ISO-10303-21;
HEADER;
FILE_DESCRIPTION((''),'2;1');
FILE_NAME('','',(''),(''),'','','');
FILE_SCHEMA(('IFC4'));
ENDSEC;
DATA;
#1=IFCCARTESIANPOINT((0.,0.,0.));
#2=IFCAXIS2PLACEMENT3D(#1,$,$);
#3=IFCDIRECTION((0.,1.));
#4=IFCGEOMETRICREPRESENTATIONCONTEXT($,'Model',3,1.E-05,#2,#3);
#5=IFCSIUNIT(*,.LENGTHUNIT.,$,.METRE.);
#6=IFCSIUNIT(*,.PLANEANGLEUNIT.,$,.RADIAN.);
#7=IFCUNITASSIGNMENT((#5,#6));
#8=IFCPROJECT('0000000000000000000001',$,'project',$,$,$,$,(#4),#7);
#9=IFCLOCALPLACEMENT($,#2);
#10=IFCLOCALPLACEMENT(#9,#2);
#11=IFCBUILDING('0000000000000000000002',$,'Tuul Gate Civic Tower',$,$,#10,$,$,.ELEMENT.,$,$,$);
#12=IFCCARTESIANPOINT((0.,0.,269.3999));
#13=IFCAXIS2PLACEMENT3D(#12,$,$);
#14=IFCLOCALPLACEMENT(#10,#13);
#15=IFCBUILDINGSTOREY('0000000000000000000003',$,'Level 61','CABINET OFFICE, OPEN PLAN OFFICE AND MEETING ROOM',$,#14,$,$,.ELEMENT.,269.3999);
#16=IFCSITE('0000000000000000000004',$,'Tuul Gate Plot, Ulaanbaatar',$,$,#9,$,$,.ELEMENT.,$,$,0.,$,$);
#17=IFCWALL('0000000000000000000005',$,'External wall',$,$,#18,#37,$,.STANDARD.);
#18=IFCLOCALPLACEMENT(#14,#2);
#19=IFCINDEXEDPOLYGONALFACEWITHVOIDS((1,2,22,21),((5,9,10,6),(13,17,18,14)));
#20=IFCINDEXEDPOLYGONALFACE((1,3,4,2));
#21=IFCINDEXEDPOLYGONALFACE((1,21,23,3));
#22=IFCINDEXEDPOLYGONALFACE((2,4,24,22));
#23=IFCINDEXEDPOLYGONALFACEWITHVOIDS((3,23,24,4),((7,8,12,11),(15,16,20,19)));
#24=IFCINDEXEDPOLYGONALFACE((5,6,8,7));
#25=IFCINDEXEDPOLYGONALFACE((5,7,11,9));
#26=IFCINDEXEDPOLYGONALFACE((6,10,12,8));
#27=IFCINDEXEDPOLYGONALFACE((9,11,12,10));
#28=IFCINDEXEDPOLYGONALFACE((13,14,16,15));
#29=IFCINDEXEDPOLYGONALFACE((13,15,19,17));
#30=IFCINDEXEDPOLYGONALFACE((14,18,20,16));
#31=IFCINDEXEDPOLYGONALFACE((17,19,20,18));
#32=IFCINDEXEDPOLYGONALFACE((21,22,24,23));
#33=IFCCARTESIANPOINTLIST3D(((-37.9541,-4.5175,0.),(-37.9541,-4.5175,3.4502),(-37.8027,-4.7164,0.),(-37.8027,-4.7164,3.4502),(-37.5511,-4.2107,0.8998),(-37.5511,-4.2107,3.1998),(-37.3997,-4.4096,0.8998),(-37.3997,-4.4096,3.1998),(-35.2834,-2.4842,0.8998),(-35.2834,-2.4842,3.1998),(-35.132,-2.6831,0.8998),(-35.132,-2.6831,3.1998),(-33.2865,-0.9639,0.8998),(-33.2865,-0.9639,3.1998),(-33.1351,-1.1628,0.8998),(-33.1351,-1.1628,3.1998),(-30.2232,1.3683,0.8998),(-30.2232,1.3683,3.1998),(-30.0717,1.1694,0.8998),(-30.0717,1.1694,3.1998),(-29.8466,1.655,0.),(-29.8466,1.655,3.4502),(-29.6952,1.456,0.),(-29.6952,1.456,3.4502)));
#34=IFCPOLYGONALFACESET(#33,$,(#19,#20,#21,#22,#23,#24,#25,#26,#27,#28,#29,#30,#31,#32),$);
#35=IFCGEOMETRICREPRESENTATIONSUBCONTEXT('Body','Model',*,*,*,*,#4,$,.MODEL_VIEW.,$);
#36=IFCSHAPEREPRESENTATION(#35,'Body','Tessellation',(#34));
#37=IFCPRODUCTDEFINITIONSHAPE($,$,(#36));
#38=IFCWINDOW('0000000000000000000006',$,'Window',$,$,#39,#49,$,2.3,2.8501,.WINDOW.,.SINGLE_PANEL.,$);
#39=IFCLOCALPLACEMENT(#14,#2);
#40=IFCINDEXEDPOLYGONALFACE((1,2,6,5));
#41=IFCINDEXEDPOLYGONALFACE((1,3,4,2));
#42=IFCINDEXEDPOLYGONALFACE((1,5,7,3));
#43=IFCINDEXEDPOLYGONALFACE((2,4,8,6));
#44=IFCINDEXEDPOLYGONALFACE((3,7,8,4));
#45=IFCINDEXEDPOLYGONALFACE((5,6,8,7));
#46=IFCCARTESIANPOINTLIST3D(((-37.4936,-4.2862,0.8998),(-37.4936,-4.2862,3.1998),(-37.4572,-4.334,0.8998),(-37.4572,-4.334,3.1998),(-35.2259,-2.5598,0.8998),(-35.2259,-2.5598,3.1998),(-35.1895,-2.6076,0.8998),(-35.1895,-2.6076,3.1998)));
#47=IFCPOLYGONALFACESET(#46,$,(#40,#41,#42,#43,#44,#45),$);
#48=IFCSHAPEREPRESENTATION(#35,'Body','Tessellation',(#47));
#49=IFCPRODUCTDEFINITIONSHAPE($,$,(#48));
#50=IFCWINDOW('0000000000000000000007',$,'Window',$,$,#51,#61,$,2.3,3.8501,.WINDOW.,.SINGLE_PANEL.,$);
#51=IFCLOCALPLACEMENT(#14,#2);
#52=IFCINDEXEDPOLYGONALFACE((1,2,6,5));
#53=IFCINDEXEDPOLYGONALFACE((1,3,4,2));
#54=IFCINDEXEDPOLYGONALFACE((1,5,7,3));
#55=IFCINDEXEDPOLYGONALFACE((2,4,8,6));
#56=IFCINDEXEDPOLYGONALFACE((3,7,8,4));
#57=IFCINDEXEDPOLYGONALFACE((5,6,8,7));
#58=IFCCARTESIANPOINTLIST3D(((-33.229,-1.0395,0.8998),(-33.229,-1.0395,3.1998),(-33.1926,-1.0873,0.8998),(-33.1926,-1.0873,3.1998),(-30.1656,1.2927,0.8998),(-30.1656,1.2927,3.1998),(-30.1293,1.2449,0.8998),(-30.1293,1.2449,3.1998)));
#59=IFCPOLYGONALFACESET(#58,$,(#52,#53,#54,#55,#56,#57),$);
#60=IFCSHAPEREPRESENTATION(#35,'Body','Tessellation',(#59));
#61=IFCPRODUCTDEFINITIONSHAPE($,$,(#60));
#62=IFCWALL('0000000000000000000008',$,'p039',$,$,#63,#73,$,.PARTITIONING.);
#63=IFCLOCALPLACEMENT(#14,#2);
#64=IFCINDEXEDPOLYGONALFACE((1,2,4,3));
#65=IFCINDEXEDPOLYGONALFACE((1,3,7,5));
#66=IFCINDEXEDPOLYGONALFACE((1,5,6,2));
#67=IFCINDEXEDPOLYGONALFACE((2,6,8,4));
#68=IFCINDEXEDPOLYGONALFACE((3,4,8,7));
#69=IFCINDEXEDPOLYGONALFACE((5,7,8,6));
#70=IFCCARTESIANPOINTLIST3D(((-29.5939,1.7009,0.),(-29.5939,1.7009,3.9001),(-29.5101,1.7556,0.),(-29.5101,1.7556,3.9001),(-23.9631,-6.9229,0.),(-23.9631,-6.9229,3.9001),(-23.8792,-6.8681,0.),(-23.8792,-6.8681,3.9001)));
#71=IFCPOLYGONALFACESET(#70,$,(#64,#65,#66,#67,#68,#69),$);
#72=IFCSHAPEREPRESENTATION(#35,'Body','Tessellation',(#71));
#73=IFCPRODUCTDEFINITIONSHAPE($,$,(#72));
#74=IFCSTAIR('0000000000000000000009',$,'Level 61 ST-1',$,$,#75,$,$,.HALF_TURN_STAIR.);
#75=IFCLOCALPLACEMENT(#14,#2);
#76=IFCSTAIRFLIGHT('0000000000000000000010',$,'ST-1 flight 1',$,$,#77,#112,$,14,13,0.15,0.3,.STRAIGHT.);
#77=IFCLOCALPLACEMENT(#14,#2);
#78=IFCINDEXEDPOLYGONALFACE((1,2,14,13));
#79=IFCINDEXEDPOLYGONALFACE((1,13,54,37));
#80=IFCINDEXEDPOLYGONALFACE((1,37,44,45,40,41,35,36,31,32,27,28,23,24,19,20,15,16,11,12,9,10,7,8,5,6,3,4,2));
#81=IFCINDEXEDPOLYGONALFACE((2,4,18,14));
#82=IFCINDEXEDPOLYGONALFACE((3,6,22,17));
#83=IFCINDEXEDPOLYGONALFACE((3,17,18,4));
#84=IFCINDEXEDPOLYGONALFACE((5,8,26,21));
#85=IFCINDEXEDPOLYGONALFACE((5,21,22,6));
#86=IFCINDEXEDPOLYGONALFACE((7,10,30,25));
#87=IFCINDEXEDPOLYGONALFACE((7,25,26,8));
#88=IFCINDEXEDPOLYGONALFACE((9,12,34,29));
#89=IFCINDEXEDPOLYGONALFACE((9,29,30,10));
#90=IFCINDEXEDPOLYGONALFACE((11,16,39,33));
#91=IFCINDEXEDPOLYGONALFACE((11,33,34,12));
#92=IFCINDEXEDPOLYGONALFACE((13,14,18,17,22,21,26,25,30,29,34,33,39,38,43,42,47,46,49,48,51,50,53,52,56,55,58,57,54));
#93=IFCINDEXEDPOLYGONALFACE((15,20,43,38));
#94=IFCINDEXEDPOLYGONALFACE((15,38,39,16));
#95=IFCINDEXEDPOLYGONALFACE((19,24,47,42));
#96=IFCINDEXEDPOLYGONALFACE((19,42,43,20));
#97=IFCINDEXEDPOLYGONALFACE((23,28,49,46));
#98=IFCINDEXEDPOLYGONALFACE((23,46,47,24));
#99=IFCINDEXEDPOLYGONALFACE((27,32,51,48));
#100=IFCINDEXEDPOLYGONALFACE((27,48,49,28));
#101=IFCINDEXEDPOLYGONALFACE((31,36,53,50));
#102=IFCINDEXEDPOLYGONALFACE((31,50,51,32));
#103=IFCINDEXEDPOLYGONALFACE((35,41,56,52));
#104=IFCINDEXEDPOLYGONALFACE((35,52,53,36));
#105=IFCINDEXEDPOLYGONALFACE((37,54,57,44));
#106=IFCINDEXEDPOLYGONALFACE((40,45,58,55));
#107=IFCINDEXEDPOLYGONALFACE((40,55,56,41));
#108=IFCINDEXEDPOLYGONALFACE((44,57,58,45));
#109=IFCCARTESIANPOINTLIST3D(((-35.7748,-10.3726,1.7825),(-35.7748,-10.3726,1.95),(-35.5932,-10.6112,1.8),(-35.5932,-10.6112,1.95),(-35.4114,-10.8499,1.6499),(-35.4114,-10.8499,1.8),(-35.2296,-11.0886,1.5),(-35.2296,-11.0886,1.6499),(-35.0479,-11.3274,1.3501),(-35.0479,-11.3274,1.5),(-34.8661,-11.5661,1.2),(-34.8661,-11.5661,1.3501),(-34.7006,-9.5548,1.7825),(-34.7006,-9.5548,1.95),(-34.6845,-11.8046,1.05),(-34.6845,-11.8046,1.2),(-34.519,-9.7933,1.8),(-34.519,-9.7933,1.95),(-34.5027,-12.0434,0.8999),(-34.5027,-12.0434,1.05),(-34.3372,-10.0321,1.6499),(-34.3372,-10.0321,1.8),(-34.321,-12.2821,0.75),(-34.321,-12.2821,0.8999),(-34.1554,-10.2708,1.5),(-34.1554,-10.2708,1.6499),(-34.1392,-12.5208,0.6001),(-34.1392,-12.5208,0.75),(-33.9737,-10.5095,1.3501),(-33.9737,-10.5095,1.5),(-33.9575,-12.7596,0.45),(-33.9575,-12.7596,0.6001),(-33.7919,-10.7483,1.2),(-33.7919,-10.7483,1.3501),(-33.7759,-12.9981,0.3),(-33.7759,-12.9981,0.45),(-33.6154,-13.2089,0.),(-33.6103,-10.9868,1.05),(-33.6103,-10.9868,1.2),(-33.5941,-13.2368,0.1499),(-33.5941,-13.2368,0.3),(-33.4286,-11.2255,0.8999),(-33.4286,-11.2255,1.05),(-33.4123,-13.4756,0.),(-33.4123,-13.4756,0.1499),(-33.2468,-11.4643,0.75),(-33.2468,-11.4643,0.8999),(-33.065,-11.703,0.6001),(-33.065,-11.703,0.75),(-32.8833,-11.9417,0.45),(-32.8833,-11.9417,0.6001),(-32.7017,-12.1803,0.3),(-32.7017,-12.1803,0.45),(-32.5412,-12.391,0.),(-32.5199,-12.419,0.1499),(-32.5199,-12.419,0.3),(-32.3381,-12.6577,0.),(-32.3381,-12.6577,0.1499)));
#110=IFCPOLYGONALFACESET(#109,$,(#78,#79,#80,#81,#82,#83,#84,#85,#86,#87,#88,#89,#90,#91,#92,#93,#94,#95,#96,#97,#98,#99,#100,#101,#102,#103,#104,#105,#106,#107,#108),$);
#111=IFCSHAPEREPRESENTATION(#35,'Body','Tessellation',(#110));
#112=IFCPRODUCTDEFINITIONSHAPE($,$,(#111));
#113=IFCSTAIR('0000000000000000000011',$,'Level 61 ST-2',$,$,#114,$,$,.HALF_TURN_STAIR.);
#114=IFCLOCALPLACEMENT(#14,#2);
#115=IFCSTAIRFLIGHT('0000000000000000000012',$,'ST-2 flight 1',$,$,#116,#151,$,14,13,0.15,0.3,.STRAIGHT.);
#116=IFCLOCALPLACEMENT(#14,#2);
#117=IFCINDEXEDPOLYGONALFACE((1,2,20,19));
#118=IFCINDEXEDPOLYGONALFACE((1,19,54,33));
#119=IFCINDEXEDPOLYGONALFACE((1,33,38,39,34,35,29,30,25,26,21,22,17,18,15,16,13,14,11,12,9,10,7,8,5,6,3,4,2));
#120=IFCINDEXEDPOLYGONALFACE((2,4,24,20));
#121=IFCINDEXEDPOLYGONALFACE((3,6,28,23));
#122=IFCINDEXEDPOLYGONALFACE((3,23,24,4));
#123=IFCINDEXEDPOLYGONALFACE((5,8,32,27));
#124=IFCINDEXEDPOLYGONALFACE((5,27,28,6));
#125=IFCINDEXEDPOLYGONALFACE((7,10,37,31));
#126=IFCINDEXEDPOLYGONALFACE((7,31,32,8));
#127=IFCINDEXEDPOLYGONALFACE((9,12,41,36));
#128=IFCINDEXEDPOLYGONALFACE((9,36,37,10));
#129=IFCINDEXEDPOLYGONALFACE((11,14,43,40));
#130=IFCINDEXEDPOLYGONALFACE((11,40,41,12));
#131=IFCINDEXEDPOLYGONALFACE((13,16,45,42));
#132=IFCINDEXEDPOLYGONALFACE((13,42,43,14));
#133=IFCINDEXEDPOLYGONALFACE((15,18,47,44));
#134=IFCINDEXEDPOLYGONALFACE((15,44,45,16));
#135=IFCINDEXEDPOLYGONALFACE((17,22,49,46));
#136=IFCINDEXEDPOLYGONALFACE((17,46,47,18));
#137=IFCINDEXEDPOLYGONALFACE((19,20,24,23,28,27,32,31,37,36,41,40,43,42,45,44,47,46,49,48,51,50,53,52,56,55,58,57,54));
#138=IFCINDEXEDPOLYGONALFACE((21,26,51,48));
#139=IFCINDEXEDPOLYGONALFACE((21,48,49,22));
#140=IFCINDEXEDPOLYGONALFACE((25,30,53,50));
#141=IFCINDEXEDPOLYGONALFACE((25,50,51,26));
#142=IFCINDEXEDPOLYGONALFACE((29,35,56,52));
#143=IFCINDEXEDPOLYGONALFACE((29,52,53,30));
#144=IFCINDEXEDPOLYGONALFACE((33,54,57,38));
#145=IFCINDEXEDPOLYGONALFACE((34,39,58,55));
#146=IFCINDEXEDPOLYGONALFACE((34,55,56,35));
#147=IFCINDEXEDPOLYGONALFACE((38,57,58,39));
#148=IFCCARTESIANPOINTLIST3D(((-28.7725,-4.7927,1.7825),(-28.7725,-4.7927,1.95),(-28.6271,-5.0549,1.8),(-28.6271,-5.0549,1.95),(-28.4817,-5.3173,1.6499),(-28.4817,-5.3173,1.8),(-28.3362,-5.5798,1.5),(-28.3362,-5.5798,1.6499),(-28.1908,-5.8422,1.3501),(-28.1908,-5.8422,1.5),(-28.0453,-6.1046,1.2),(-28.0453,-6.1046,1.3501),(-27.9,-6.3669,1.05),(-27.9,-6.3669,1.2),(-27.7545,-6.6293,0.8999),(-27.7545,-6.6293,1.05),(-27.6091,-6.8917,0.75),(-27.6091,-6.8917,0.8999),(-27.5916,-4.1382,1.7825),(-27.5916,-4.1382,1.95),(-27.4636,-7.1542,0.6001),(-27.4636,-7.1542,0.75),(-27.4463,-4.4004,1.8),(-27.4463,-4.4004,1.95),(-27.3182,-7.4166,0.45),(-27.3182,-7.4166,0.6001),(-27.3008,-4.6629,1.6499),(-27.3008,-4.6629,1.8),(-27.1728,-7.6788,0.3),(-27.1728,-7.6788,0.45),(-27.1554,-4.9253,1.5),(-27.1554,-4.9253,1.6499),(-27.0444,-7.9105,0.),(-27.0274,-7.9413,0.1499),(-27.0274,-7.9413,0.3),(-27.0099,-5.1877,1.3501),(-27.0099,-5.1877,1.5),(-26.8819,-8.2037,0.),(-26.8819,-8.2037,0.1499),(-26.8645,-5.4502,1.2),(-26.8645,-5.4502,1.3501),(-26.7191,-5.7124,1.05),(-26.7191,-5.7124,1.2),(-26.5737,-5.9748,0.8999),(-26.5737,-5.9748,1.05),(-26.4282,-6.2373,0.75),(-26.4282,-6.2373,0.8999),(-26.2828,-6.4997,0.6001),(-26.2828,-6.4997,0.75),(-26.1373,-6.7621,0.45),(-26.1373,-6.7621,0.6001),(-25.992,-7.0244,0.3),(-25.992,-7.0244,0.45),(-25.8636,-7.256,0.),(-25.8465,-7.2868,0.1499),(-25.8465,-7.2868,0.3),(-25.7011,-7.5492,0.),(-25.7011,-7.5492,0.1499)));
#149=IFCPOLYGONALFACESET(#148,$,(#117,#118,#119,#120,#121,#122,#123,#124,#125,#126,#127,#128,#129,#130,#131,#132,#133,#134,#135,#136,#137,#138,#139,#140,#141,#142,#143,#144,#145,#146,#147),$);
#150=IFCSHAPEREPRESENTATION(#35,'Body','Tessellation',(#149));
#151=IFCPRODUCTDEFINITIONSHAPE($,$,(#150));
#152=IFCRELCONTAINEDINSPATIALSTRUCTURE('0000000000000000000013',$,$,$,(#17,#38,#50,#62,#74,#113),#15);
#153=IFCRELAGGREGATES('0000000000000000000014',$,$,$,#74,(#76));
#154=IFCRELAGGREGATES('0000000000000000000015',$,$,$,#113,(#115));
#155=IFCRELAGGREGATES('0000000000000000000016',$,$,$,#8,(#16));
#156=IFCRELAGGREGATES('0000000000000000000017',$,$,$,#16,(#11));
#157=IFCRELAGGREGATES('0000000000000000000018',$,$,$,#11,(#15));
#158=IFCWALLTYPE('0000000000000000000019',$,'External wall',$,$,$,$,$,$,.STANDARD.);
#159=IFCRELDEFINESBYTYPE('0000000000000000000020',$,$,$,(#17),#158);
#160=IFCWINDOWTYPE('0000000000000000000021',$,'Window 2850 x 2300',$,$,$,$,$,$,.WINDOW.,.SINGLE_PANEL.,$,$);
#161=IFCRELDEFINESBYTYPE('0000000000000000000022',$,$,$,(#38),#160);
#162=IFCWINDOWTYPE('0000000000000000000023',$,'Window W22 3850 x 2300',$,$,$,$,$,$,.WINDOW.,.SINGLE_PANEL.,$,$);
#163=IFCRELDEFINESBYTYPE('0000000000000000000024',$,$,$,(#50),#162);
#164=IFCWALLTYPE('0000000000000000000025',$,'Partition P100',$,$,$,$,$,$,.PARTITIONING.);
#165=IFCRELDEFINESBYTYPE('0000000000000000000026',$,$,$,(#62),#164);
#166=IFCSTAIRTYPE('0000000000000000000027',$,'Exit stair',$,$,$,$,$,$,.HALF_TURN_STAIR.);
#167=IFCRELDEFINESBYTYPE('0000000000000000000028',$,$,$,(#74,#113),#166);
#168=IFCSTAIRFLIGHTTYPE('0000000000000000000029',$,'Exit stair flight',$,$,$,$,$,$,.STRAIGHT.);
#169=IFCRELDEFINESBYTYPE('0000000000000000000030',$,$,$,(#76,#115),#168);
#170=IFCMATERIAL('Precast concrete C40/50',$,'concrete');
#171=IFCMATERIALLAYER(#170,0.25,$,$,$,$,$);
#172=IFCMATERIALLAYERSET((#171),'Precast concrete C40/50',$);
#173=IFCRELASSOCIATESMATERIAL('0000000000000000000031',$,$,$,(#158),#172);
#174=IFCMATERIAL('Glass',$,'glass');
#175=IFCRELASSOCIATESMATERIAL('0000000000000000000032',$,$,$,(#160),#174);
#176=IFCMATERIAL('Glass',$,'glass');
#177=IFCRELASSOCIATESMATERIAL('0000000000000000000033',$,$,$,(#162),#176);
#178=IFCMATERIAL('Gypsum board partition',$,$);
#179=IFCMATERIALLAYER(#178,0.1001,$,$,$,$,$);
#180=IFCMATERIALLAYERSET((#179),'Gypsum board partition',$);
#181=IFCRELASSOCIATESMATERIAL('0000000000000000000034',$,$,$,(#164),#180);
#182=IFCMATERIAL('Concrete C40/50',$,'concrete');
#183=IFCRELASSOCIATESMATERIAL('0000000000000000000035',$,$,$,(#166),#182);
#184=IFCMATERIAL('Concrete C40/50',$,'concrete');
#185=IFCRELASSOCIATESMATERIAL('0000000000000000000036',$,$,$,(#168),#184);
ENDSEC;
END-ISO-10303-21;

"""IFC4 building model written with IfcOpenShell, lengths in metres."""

from ifc_helpers import new_model, si_unit, direction, frame, frame_2d, origin, place, context, subcontext, project, spatial, polyline, rectangle, outline, extrude, material, layer, layer_set, type_object, element, fill, aggregate, save


model = new_model("IFC4")

# Units and contexts
model_context = context("Model", 3, precision=1e-05, world=origin(), true_north=direction((0.0, 1.0)))
body_context = subcontext(model_context, "Body", "Model", "MODEL_VIEW")
ifc_project = project(units=[si_unit("LENGTHUNIT", "METRE"), si_unit("PLANEANGLEUNIT", "RADIAN")], contexts=[model_context])

# Site, building, storey
site_placement = place(None, origin())
site = spatial("IfcSite", under=ifc_project, at=site_placement, Name="Tuul Gate Plot, Ulaanbaatar", CompositionType="ELEMENT", RefElevation=0.0)
building_placement = place(site_placement, origin())
building = spatial("IfcBuilding", under=site, at=building_placement, Name="Tuul Gate Civic Tower", CompositionType="ELEMENT")
storey_placement = place(building_placement, frame((0.0, 0.0, 269.3999)))
storey = spatial("IfcBuildingStorey", under=building, at=storey_placement, Name="Level 61", Description="CABINET OFFICE, OPEN PLAN OFFICE AND MEETING ROOM", CompositionType="ELEMENT", Elevation=269.3999)

# Wall, openings, windows
ifc_material_1 = material(Name="Precast concrete C40/50", Category="concrete")
ifc_layer_1 = layer(ifc_material_1, 0.25)
ifc_layer_set_1 = layer_set([ifc_layer_1], Name="Precast concrete C40/50")
wall_type_1 = type_object("IfcWallType", Name="External wall", PredefinedType="STANDARD", material=ifc_layer_set_1)
wall_1_placement = place(storey_placement, frame((-29.771, 1.5554, 0.0), z_axis=(0.0, 0.0, 1.0), x_axis=(-0.795655, -0.60575, 0.0)))
wall_1 = element("IfcWall", 1, at=wall_1_placement, inside=storey, type_object=wall_type_1, Name="External wall", PredefinedType="STANDARD", context=body_context, shape_type="SweptSolid", body=[
    extrude(rectangle(XDim=10.1897, YDim=0.25, at=frame_2d((5.0947, 0.0))), origin(), (0.0, 0.0, 1.0), 3.4502),
])
opening_1_placement = place(wall_1_placement, frame((0.4731, 0.0, 0.8999)))
opening_1 = element("IfcOpeningElement", 2, at=opening_1_placement, cuts=wall_1, PredefinedType="OPENING", context=body_context, shape_type="SweptSolid", body=[
    extrude(rectangle(XDim=3.8501, YDim=2.3, at=frame_2d((1.925, 1.1499))), frame((0.0, 0.135, 0.0), z_axis=(0.0, -1.0, 0.0), x_axis=(1.0, 0.0, 0.0)), (0.0, 0.0, 1.0), 0.27),
])
opening_2_placement = place(wall_1_placement, frame((6.833, 0.0, 0.8999)))
opening_2 = element("IfcOpeningElement", 3, at=opening_2_placement, cuts=wall_1, PredefinedType="OPENING", context=body_context, shape_type="SweptSolid", body=[
    extrude(rectangle(XDim=2.8501, YDim=2.3, at=frame_2d((1.425, 1.1499))), frame((0.0, 0.135, 0.0), z_axis=(0.0, -1.0, 0.0), x_axis=(1.0, 0.0, 0.0)), (0.0, 0.0, 1.0), 0.27),
])
ifc_material_2 = material(Name="Glass", Category="glass")
window_type_1 = type_object("IfcWindowType", Name="Window 2850 x 2300", PartitioningType="SINGLE_PANEL", PredefinedType="WINDOW", material=ifc_material_2)
window_1_placement = place(opening_2_placement, origin())
window_1 = element("IfcWindow", 4, at=window_1_placement, inside=storey, type_object=window_type_1, Name="Window", OverallHeight=2.3, OverallWidth=2.8501, PartitioningType="SINGLE_PANEL", PredefinedType="WINDOW", context=body_context, shape_type="SweptSolid", body=[
    extrude(rectangle(XDim=2.8501, YDim=2.3, at=frame_2d((1.425, 1.1499))), frame((0.0, 0.03, 0.0), z_axis=(0.0, -1.0, 0.0), x_axis=(1.0, 0.0, 0.0)), (0.0, 0.0, 1.0), 0.0601),
])
fill(opening_2, window_1)
ifc_material_3 = material(Name="Glass", Category="glass")
window_type_2 = type_object("IfcWindowType", Name="Window W22 3850 x 2300", PartitioningType="SINGLE_PANEL", PredefinedType="WINDOW", material=ifc_material_3)
window_2_placement = place(opening_1_placement, origin())
window_2 = element("IfcWindow", 5, at=window_2_placement, inside=storey, type_object=window_type_2, Name="Window", OverallHeight=2.3, OverallWidth=3.8501, PartitioningType="SINGLE_PANEL", PredefinedType="WINDOW", context=body_context, shape_type="SweptSolid", body=[
    extrude(rectangle(XDim=3.8501, YDim=2.3, at=frame_2d((1.925, 1.1499))), frame((0.0, 0.03, 0.0), z_axis=(0.0, -1.0, 0.0), x_axis=(1.0, 0.0, 0.0)), (0.0, 0.0, 1.0), 0.0601),
])
fill(opening_1, window_2)

# Wall
ifc_material_4 = material(Name="Gypsum board partition")
ifc_layer_2 = layer(ifc_material_4, 0.1001)
ifc_layer_set_2 = layer_set([ifc_layer_2], Name="Gypsum board partition")
wall_type_2 = type_object("IfcWallType", Name="Partition P100", PredefinedType="PARTITIONING", material=ifc_layer_set_2)
wall_2_placement = place(storey_placement, frame((-29.552, 1.7283, 0.0), z_axis=(0.0, 0.0, 1.0), x_axis=(0.546721, -0.837315, 0.0)))
element("IfcWall", 6, at=wall_2_placement, inside=storey, type_object=wall_type_2, Name="p039", PredefinedType="PARTITIONING", context=body_context, shape_type="SweptSolid", body=[
    extrude(rectangle(XDim=10.2993, YDim=0.1001, at=frame_2d((5.1497, 0.0))), origin(), (0.0, 0.0, 1.0), 3.9001),
])

# Stair, stair flight
ifc_material_5 = material(Name="Concrete C40/50", Category="concrete")
stair_type = type_object("IfcStairType", Name="Exit stair", PredefinedType="HALF_TURN_STAIR", material=ifc_material_5)
stair_1_placement = place(storey_placement, origin())
stair_1 = element("IfcStair", 7, at=stair_1_placement, inside=storey, type_object=stair_type, Name="Level 61 ST-1", PredefinedType="HALF_TURN_STAIR")
ifc_material_6 = material(Name="Concrete C40/50", Category="concrete")
stair_flight_type = type_object("IfcStairFlightType", Name="Exit stair flight", PredefinedType="STRAIGHT", material=ifc_material_6)
stair_flight_1_placement = place(storey_placement, frame((-32.8752, -13.0667, 0.0), z_axis=(0.0, 0.0, 1.0), x_axis=(-0.605764, 0.795644, 0.0)))
stair_flight_1 = element("IfcStairFlight", 8, at=stair_flight_1_placement, type_object=stair_flight_type, Name="ST-1 flight 1", NumberOfRisers=14, NumberOfTreads=13, PredefinedType="STRAIGHT", RiserHeight=0.15, TreadLength=0.3, context=body_context, shape_type="SweptSolid", body=[
    extrude(outline(polyline([(0.0, 0.0), (0.0, 0.1499), (0.3, 0.1499), (0.3, 0.3), (0.6001, 0.3), (0.6001, 0.45), (0.8999, 0.45), (0.8999, 0.6001), (1.2, 0.6001), (1.2, 0.75), (1.5, 0.75), (1.5, 0.8999), (1.8, 0.8999), (1.8, 1.05), (2.1001, 1.05), (2.1001, 1.2), (2.3999, 1.2), (2.3999, 1.3501), (2.7, 1.3501), (2.7, 1.5), (3.0, 1.5), (3.0, 1.6499), (3.3, 1.6499), (3.3, 1.8), (3.6001, 1.8), (3.6001, 1.95), (3.8999, 1.95), (3.8999, 2.1001), (3.8999, 1.7825), (0.3352, 0.0), (0.0, 0.0)])), frame((0.0, 0.675, 0.0), z_axis=(0.0, -1.0, 0.0), x_axis=(1.0, 0.0, 0.0)), (0.0, 0.0, 1.0), 1.3501),
])
aggregate(stair_1, [stair_flight_1])

# Stair, stair flight
stair_2_placement = place(storey_placement, origin())
stair_2 = element("IfcStair", 9, at=stair_2_placement, inside=storey, type_object=stair_type, Name="Level 61 ST-2", PredefinedType="HALF_TURN_STAIR")
stair_flight_2_placement = place(storey_placement, frame((-26.2915, -7.8765, 0.0), z_axis=(0.0, 0.0, 1.0), x_axis=(-0.484762, 0.874646, 0.0)))
stair_flight_2 = element("IfcStairFlight", 10, at=stair_flight_2_placement, type_object=stair_flight_type, Name="ST-2 flight 1", NumberOfRisers=14, NumberOfTreads=13, PredefinedType="STRAIGHT", RiserHeight=0.15, TreadLength=0.3, context=body_context, shape_type="SweptSolid", body=[
    extrude(outline(polyline([(0.0, 0.0), (0.0, 0.1499), (0.3, 0.1499), (0.3, 0.3), (0.6001, 0.3), (0.6001, 0.45), (0.8999, 0.45), (0.8999, 0.6001), (1.2, 0.6001), (1.2, 0.75), (1.5, 0.75), (1.5, 0.8999), (1.8, 0.8999), (1.8, 1.05), (2.1001, 1.05), (2.1001, 1.2), (2.3999, 1.2), (2.3999, 1.3501), (2.7, 1.3501), (2.7, 1.5), (3.0, 1.5), (3.0, 1.6499), (3.3, 1.6499), (3.3, 1.8), (3.6001, 1.8), (3.6001, 1.95), (3.8999, 1.95), (3.8999, 2.1001), (3.8999, 1.7825), (0.3352, 0.0), (0.0, 0.0)])), frame((0.0, 0.675, 0.0), z_axis=(0.0, -1.0, 0.0), x_axis=(1.0, 0.0, 0.0)), (0.0, 0.0, 1.0), 1.3501),
])
aggregate(stair_2, [stair_flight_2])

save(model, "model.ifc")
